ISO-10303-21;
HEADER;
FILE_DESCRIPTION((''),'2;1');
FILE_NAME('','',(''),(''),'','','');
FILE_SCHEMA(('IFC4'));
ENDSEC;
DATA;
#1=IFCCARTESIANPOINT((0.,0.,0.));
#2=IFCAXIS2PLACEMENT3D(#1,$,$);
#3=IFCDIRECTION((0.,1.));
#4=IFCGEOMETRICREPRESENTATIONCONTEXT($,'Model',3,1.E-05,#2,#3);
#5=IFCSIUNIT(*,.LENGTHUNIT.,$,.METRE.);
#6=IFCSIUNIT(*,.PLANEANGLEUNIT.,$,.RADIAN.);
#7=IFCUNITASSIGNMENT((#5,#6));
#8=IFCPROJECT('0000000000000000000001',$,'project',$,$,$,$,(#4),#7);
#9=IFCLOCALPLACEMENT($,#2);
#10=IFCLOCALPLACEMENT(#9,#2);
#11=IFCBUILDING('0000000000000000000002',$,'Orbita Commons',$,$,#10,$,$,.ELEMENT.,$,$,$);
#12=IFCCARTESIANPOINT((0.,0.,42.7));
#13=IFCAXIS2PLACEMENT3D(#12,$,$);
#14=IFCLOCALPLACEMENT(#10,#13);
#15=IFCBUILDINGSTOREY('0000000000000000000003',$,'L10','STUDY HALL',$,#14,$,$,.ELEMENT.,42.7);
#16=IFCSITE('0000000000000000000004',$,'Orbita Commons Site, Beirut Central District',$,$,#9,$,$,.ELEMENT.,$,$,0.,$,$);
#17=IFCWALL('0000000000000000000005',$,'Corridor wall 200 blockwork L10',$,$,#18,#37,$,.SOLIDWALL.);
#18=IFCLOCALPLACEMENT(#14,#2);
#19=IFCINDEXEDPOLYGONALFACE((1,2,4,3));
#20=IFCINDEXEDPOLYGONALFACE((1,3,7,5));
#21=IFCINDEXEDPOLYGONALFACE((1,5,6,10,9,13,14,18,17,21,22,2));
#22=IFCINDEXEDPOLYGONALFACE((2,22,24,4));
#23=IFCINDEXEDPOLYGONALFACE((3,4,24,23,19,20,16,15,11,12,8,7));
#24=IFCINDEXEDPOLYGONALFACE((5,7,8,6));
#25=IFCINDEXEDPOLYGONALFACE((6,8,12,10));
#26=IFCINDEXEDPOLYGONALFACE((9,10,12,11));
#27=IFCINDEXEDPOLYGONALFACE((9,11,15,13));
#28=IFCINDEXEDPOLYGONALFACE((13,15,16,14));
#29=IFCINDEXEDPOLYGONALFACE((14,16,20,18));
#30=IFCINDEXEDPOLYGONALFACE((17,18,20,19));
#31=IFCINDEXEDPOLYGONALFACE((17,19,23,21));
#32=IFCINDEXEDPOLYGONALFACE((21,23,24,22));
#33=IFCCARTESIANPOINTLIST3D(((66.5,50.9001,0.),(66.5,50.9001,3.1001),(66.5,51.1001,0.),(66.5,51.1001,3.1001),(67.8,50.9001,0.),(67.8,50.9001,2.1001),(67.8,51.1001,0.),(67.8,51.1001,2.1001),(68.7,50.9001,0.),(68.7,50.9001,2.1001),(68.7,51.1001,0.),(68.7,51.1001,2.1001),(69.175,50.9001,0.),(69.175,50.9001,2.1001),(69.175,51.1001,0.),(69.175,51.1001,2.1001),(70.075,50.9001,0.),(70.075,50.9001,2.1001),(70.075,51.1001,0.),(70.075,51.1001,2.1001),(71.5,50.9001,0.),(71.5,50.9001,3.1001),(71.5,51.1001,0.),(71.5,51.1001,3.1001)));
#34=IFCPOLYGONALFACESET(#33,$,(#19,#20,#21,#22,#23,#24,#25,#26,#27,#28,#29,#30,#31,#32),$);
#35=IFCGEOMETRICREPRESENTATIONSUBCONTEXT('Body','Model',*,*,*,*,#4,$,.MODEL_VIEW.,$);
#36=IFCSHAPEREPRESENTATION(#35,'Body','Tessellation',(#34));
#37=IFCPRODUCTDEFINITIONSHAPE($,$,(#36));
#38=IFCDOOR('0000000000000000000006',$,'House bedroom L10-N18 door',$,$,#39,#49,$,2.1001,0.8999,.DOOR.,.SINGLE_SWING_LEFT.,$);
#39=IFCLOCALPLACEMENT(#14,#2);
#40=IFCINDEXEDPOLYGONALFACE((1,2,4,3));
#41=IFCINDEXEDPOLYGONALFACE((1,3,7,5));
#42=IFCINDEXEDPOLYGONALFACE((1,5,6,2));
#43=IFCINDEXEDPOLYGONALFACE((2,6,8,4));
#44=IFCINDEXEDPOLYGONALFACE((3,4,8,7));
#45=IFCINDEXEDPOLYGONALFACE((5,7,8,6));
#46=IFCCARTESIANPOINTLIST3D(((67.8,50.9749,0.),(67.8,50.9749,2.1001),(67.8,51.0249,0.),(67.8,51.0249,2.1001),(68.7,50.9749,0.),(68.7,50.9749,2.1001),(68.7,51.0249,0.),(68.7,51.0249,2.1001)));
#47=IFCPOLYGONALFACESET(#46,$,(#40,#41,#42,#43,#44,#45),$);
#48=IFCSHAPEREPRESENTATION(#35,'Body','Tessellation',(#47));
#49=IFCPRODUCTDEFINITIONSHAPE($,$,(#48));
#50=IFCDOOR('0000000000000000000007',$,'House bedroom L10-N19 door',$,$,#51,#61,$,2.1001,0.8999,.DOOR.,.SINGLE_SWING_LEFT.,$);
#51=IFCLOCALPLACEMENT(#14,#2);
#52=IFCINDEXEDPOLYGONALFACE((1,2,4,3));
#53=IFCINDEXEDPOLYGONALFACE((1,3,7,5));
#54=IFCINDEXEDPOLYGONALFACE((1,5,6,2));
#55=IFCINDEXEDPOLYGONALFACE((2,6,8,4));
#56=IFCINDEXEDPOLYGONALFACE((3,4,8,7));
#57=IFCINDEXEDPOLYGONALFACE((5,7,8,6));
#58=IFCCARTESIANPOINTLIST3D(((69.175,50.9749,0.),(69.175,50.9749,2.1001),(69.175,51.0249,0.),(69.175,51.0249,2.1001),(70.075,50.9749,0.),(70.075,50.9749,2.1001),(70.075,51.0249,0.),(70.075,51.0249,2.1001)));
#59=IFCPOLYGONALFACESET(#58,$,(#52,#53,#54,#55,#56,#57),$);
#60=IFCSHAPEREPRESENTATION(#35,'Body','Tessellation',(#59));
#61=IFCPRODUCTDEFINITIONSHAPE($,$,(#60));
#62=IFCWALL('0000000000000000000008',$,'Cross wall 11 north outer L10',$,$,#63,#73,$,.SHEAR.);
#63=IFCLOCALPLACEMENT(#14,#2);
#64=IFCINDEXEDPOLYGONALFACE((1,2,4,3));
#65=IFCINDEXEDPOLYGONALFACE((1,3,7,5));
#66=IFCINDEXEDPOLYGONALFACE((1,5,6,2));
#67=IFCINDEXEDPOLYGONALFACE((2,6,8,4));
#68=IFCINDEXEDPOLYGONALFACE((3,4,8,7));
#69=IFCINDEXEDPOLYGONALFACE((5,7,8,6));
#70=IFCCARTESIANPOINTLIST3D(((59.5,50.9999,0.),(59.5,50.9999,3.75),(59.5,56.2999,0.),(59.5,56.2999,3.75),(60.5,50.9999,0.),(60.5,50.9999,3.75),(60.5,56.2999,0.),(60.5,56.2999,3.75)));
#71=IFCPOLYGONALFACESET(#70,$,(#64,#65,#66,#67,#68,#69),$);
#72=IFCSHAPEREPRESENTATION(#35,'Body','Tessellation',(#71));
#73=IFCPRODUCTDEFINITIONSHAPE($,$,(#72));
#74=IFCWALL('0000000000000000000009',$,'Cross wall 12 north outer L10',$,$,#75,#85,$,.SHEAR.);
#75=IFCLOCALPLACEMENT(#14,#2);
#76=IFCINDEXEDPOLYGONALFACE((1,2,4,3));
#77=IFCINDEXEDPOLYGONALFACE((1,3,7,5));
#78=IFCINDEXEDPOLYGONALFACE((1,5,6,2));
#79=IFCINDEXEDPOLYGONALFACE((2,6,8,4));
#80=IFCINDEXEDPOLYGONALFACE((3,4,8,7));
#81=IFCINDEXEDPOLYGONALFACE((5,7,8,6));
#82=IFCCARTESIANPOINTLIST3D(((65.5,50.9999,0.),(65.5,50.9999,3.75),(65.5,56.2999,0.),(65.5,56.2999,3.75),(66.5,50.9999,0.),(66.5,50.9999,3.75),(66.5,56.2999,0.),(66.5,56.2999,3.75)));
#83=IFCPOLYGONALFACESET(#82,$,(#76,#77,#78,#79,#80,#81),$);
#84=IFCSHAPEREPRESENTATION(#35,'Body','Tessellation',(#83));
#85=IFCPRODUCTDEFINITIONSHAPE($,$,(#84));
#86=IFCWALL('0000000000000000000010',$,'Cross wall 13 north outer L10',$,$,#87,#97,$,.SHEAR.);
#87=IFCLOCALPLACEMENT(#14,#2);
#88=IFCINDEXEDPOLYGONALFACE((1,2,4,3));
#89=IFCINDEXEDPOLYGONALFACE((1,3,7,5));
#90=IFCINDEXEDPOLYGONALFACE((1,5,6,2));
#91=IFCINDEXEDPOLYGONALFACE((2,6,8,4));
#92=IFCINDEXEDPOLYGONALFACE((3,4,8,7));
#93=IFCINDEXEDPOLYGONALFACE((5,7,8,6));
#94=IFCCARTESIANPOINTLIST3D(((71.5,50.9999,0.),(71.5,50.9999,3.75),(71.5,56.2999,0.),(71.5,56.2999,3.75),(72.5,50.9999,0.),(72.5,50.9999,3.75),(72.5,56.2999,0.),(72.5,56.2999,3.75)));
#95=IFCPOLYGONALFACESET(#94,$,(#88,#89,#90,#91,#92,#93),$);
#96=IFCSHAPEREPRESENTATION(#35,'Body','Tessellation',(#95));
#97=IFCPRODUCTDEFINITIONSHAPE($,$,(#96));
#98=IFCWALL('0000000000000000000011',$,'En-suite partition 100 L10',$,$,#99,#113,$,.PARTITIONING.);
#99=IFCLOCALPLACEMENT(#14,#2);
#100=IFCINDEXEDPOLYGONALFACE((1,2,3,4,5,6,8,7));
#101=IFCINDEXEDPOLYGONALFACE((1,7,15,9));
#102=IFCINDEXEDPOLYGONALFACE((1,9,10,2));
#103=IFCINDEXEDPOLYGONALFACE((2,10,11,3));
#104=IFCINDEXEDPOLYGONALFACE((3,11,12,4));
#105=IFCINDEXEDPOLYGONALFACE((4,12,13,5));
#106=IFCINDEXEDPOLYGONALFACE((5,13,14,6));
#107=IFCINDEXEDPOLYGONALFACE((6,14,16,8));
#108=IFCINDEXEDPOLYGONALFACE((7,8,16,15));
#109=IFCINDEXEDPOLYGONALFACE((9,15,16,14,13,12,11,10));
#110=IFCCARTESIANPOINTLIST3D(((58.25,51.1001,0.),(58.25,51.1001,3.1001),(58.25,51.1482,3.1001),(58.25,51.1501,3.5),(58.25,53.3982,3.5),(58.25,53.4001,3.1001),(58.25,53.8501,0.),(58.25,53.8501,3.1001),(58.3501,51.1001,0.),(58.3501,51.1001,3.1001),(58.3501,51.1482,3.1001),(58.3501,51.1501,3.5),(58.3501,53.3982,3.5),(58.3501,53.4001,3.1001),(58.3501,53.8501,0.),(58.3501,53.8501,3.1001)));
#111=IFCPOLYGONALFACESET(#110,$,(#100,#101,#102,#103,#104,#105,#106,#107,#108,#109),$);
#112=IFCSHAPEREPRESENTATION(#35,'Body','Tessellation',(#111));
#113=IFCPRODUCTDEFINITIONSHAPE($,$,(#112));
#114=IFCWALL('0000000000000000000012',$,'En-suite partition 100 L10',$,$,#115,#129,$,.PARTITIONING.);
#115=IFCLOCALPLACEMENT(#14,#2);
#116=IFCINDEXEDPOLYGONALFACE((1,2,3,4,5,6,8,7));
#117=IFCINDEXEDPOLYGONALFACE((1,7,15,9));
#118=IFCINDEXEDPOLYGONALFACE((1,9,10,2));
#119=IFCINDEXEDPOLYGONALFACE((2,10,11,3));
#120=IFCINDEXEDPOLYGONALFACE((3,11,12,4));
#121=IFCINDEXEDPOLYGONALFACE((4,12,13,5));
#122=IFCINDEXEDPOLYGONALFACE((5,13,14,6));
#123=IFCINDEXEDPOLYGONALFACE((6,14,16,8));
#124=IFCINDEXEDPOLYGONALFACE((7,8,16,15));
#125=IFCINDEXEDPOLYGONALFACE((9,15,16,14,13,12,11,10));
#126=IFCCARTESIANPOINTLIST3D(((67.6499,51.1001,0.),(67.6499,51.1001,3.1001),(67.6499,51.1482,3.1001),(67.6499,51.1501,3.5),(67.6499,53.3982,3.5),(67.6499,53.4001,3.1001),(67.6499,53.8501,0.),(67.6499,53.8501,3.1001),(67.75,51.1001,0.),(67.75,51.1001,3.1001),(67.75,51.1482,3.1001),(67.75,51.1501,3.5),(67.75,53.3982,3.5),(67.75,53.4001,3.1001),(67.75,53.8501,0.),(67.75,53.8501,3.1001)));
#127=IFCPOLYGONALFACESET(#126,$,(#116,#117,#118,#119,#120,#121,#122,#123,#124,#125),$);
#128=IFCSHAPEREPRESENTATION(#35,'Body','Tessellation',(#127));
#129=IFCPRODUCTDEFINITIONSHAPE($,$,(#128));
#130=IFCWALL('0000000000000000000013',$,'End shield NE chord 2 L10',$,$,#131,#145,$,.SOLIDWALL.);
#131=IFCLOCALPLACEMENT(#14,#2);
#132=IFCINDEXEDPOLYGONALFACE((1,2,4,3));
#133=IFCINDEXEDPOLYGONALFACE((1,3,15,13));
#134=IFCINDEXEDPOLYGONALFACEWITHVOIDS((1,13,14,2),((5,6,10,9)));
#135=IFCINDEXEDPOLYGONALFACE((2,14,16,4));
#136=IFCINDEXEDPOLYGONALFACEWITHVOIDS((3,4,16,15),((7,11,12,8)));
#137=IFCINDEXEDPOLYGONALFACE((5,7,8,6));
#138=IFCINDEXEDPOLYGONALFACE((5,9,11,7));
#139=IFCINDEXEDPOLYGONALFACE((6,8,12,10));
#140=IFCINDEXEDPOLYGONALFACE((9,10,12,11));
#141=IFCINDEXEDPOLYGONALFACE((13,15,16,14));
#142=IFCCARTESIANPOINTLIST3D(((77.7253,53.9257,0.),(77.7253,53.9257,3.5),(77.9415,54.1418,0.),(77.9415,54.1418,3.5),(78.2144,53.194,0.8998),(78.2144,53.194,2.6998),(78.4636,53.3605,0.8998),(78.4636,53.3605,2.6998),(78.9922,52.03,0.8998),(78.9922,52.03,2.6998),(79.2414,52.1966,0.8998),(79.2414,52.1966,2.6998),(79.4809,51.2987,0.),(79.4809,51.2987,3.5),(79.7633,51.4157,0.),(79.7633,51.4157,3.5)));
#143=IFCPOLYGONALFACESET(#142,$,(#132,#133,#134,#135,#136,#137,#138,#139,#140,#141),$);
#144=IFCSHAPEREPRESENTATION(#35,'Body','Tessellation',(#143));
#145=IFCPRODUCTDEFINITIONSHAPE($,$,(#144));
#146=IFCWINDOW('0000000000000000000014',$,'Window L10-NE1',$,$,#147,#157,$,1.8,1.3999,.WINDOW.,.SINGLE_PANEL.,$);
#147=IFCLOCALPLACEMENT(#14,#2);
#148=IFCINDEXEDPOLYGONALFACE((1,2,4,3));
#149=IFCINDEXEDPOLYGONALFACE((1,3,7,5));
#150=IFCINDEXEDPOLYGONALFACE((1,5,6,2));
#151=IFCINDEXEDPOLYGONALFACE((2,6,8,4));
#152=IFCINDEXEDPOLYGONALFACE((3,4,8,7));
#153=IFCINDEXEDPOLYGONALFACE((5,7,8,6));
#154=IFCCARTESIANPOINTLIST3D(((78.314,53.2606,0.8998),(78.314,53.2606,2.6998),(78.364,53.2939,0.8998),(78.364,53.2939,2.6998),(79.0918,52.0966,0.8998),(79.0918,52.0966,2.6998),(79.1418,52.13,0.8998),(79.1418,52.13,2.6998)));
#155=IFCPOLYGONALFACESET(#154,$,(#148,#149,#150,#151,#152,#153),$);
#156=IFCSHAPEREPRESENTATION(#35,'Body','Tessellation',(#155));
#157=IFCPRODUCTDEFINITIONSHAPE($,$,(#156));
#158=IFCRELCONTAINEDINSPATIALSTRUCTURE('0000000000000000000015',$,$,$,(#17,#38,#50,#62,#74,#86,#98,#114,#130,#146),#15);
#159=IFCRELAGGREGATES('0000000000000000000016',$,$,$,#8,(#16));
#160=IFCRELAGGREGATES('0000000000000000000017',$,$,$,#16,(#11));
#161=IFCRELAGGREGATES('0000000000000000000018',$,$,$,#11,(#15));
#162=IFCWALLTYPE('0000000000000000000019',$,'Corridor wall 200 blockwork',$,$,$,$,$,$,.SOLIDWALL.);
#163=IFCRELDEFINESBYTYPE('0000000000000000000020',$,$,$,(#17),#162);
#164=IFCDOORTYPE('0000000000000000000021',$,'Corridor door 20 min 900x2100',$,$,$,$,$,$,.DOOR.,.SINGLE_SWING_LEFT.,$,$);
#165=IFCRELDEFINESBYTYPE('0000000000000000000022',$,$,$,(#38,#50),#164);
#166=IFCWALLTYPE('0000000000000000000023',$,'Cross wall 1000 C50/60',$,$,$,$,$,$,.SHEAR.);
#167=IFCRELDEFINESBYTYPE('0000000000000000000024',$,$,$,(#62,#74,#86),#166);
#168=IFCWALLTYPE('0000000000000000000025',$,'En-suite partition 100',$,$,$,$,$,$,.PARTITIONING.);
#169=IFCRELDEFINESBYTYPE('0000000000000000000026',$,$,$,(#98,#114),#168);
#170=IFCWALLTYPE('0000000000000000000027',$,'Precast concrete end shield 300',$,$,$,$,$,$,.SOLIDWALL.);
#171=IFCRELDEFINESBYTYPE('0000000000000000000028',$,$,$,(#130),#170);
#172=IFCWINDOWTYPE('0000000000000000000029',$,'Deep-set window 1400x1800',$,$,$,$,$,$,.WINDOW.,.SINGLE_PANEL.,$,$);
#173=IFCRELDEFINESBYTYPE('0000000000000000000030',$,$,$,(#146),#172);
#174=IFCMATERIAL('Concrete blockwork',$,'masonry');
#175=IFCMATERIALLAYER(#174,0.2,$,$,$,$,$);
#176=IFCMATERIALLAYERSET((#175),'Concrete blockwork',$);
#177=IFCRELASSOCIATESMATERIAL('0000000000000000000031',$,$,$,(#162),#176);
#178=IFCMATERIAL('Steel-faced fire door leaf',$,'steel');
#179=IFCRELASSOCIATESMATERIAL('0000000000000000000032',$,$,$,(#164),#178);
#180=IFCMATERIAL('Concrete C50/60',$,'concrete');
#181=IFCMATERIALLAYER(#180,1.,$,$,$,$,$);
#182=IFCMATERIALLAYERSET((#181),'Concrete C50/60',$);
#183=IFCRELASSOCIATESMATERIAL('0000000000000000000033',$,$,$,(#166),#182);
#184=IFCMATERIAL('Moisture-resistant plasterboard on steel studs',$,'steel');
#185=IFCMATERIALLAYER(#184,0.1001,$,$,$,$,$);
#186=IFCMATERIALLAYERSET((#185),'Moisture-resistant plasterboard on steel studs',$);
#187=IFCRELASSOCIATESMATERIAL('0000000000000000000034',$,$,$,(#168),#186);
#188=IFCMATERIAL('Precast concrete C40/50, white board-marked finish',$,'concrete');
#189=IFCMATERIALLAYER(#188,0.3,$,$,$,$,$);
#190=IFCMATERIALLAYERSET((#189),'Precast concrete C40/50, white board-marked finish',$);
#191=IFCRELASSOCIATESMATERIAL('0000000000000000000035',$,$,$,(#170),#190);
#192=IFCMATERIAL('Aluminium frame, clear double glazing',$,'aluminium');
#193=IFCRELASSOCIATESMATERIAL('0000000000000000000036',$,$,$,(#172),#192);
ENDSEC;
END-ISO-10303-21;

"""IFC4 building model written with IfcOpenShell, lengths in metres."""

from ifc_helpers import new_model, si_unit, direction, frame, frame_2d, origin, place, context, subcontext, project, spatial, polyline, rectangle, outline, extrude, material, layer, layer_set, type_object, element, fill, save


model = new_model("IFC4")

# Units and contexts
model_context = context("Model", 3, precision=1e-05, world=origin(), true_north=direction((0.0, 1.0)))
body_context = subcontext(model_context, "Body", "Model", "MODEL_VIEW")
ifc_project = project(units=[si_unit("LENGTHUNIT", "METRE"), si_unit("PLANEANGLEUNIT", "RADIAN")], contexts=[model_context])

# Site, building, storey
site_placement = place(None, origin())
site = spatial("IfcSite", under=ifc_project, at=site_placement, Name="Orbita Commons Site, Beirut Central District", CompositionType="ELEMENT", RefElevation=0.0)
building_placement = place(site_placement, origin())
building = spatial("IfcBuilding", under=site, at=building_placement, Name="Orbita Commons", CompositionType="ELEMENT")
storey_placement = place(building_placement, frame((0.0, 0.0, 42.7)))
storey = spatial("IfcBuildingStorey", under=building, at=storey_placement, Name="L10", Description="STUDY HALL", CompositionType="ELEMENT", Elevation=42.7)

# Shared definitions
ifc_material_1 = material(Name="Concrete blockwork", Category="masonry")
ifc_layer_1 = layer(ifc_material_1, 0.2)
ifc_layer_set_1 = layer_set([ifc_layer_1], Name="Concrete blockwork")
wall_type_1 = type_object("IfcWallType", Name="Corridor wall 200 blockwork", PredefinedType="SOLIDWALL", material=ifc_layer_set_1)

# Wall, openings, doors
wall_1_placement = place(storey_placement, frame((66.5, 51.0, 0.0), z_axis=(0.0, 0.0, 1.0), x_axis=(1.0, 0.0, 0.0)))
wall_1 = element("IfcWall", 1, at=wall_1_placement, inside=storey, type_object=wall_type_1, Name="Corridor wall 200 blockwork L10", PredefinedType="SOLIDWALL", context=body_context, shape_type="SweptSolid", body=[
    extrude(outline(polyline([(0.0, 0.0), (5.0, 0.0), (5.0, 3.1001), (0.0, 3.1001), (0.0, 0.0)])), frame((0.0, 0.1001, 0.0), z_axis=(0.0, -1.0, 0.0), x_axis=(1.0, 0.0, 0.0)), (0.0, 0.0, 1.0), 0.2),
])
opening_1_placement = place(wall_1_placement, frame((1.3, 0.0, 0.0)))
opening_1 = element("IfcOpeningElement", 2, at=opening_1_placement, cuts=wall_1, PredefinedType="OPENING", context=body_context, shape_type="SweptSolid", body=[
    extrude(rectangle(XDim=0.8999, YDim=2.1001, at=frame_2d((0.45, 1.05))), frame((0.0, 0.1099, 0.0), z_axis=(0.0, -1.0, 0.0), x_axis=(1.0, 0.0, 0.0)), (0.0, 0.0, 1.0), 0.22),
])
opening_2_placement = place(wall_1_placement, frame((2.675, 0.0, 0.0)))
opening_2 = element("IfcOpeningElement", 3, at=opening_2_placement, cuts=wall_1, PredefinedType="OPENING", context=body_context, shape_type="SweptSolid", body=[
    extrude(rectangle(XDim=0.8999, YDim=2.1001, at=frame_2d((0.45, 1.05))), frame((0.0, 0.1099, 0.0), z_axis=(0.0, -1.0, 0.0), x_axis=(1.0, 0.0, 0.0)), (0.0, 0.0, 1.0), 0.22),
])
ifc_material_2 = material(Name="Steel-faced fire door leaf", Category="steel")
door_type_1 = type_object("IfcDoorType", Name="Corridor door 20 min 900x2100", OperationType="SINGLE_SWING_LEFT", PredefinedType="DOOR", material=ifc_material_2)
door_1_placement = place(opening_1_placement, origin())
door_1 = element("IfcDoor", 4, at=door_1_placement, inside=storey, type_object=door_type_1, Name="House bedroom L10-N18 door", OperationType="SINGLE_SWING_LEFT", OverallHeight=2.1001, OverallWidth=0.8999, PredefinedType="DOOR", context=body_context, shape_type="SweptSolid", body=[
    extrude(rectangle(XDim=0.8999, YDim=2.1001, at=frame_2d((0.45, 1.05))), frame((0.0, 0.0249, 0.0), z_axis=(0.0, -1.0, 0.0), x_axis=(1.0, 0.0, 0.0)), (0.0, 0.0, 1.0), 0.05),
])
fill(opening_1, door_1)
door_2_placement = place(opening_2_placement, origin())
door_2 = element("IfcDoor", 5, at=door_2_placement, inside=storey, type_object=door_type_1, Name="House bedroom L10-N19 door", OperationType="SINGLE_SWING_LEFT", OverallHeight=2.1001, OverallWidth=0.8999, PredefinedType="DOOR", context=body_context, shape_type="SweptSolid", body=[
    extrude(rectangle(XDim=0.8999, YDim=2.1001, at=frame_2d((0.45, 1.05))), frame((0.0, 0.0249, 0.0), z_axis=(0.0, -1.0, 0.0), x_axis=(1.0, 0.0, 0.0)), (0.0, 0.0, 1.0), 0.05),
])
fill(opening_2, door_2)

# Walls
ifc_material_3 = material(Name="Concrete C50/60", Category="concrete")
ifc_layer_2 = layer(ifc_material_3, 1.0)
ifc_layer_set_2 = layer_set([ifc_layer_2], Name="Concrete C50/60")
wall_type_2 = type_object("IfcWallType", Name="Cross wall 1000 C50/60", PredefinedType="SHEAR", material=ifc_layer_set_2)
for number, where, z_axis, x_axis, name in (
    (6, (60.0, 51.0, 0.0), (0.0, 0.0, 1.0), (0.0, 1.0, 0.0), "Cross wall 11 north outer L10"),
    (7, (66.0, 51.0, 0.0), (0.0, 0.0, 1.0), (0.0, 1.0, 0.0), "Cross wall 12 north outer L10"),
    (8, (72.0, 51.0, 0.0), (0.0, 0.0, 1.0), (0.0, 1.0, 0.0), "Cross wall 13 north outer L10"),
):
    element("IfcWall", number, at=place(storey_placement, frame(where, z_axis=z_axis, x_axis=x_axis)), inside=storey, type_object=wall_type_2, Name=name, PredefinedType="SHEAR", context=body_context, shape_type="SweptSolid", body=[
        extrude(rectangle(XDim=5.3, YDim=1.0, at=frame_2d((2.6499, 0.0))), origin(), (0.0, 0.0, 1.0), 3.75),
    ])
ifc_material_4 = material(Name="Moisture-resistant plasterboard on steel studs", Category="steel")
ifc_layer_3 = layer(ifc_material_4, 0.1001)
ifc_layer_set_3 = layer_set([ifc_layer_3], Name="Moisture-resistant plasterboard on steel studs")
wall_type_3 = type_object("IfcWallType", Name="En-suite partition 100", PredefinedType="PARTITIONING", material=ifc_layer_set_3)
for number, where, z_axis, x_axis, name in (
    (9, (58.3, 53.8501, 0.0), (0.0, 0.0, 1.0), (0.0, -1.0, 0.0), "En-suite partition 100 L10"),
    (10, (67.7, 53.8501, 0.0), (0.0, 0.0, 1.0), (0.0, -1.0, 0.0), "En-suite partition 100 L10"),
):
    element("IfcWall", number, at=place(storey_placement, frame(where, z_axis=z_axis, x_axis=x_axis)), inside=storey, type_object=wall_type_3, Name=name, PredefinedType="PARTITIONING", context=body_context, shape_type="SweptSolid", body=[
        extrude(outline(polyline([(0.0, 0.0), (2.75, 0.0), (2.75, 3.1001), (2.7019, 3.1001), (2.7, 3.5), (0.4519, 3.5), (0.45, 3.1001), (0.0, 3.1001), (0.0, 0.0)])), frame((0.0, 0.05, 0.0), z_axis=(0.0, -1.0, 0.0), x_axis=(1.0, 0.0, 0.0)), (0.0, 0.0, 1.0), 0.1001),
    ])

# Wall, opening, window
ifc_material_5 = material(Name="Precast concrete C40/50, white board-marked finish", Category="concrete")
ifc_layer_4 = layer(ifc_material_5, 0.3)
ifc_layer_set_4 = layer_set([ifc_layer_4], Name="Precast concrete C40/50, white board-marked finish")
wall_type_4 = type_object("IfcWallType", Name="Precast concrete end shield 300", PredefinedType="SOLIDWALL", material=ifc_layer_set_4)
wall_2_placement = place(storey_placement, frame((79.6221, 51.3572, 0.0), z_axis=(0.0, 0.0, 1.0), x_axis=(-0.55561, 0.831443, 0.0)))
wall_2 = element("IfcWall", 11, at=wall_2_placement, inside=storey, type_object=wall_type_4, Name="End shield NE chord 2 L10", PredefinedType="SOLIDWALL", context=body_context, shape_type="SweptSolid", body=[
    extrude(outline(polyline([(-0.0298, -0.1499), (3.249, -0.1499), (3.1895, 0.1499), (0.0298, 0.1499), (-0.0298, -0.1499)])), origin(), (0.0, 0.0, 1.0), 3.5),
])
opening_3_placement = place(wall_2_placement, frame((0.9094, 0.0, 0.8999)))
opening_3 = element("IfcOpeningElement", 12, at=opening_3_placement, cuts=wall_2, PredefinedType="OPENING", context=body_context, shape_type="SweptSolid", body=[
    extrude(rectangle(XDim=1.3999, YDim=1.8, at=frame_2d((0.7, 0.8999))), frame((0.0, 0.1599, 0.0), z_axis=(0.0, -1.0, 0.0), x_axis=(1.0, 0.0, 0.0)), (0.0, 0.0, 1.0), 0.3201),
])
ifc_material_6 = material(Name="Aluminium frame, clear double glazing", Category="aluminium")
window_type = type_object("IfcWindowType", Name="Deep-set window 1400x1800", PartitioningType="SINGLE_PANEL", PredefinedType="WINDOW", material=ifc_material_6)
window_placement = place(opening_3_placement, origin())
window = element("IfcWindow", 13, at=window_placement, inside=storey, type_object=window_type, Name="Window L10-NE1", OverallHeight=1.8, OverallWidth=1.3999, PartitioningType="SINGLE_PANEL", PredefinedType="WINDOW", context=body_context, shape_type="SweptSolid", body=[
    extrude(rectangle(XDim=1.3999, YDim=1.8, at=frame_2d((0.7, 0.8999))), frame((0.0, 0.03, 0.0), z_axis=(0.0, -1.0, 0.0), x_axis=(1.0, 0.0, 0.0)), (0.0, 0.0, 1.0), 0.0601),
])
fill(opening_3, window)

save(model, "model.ifc")
